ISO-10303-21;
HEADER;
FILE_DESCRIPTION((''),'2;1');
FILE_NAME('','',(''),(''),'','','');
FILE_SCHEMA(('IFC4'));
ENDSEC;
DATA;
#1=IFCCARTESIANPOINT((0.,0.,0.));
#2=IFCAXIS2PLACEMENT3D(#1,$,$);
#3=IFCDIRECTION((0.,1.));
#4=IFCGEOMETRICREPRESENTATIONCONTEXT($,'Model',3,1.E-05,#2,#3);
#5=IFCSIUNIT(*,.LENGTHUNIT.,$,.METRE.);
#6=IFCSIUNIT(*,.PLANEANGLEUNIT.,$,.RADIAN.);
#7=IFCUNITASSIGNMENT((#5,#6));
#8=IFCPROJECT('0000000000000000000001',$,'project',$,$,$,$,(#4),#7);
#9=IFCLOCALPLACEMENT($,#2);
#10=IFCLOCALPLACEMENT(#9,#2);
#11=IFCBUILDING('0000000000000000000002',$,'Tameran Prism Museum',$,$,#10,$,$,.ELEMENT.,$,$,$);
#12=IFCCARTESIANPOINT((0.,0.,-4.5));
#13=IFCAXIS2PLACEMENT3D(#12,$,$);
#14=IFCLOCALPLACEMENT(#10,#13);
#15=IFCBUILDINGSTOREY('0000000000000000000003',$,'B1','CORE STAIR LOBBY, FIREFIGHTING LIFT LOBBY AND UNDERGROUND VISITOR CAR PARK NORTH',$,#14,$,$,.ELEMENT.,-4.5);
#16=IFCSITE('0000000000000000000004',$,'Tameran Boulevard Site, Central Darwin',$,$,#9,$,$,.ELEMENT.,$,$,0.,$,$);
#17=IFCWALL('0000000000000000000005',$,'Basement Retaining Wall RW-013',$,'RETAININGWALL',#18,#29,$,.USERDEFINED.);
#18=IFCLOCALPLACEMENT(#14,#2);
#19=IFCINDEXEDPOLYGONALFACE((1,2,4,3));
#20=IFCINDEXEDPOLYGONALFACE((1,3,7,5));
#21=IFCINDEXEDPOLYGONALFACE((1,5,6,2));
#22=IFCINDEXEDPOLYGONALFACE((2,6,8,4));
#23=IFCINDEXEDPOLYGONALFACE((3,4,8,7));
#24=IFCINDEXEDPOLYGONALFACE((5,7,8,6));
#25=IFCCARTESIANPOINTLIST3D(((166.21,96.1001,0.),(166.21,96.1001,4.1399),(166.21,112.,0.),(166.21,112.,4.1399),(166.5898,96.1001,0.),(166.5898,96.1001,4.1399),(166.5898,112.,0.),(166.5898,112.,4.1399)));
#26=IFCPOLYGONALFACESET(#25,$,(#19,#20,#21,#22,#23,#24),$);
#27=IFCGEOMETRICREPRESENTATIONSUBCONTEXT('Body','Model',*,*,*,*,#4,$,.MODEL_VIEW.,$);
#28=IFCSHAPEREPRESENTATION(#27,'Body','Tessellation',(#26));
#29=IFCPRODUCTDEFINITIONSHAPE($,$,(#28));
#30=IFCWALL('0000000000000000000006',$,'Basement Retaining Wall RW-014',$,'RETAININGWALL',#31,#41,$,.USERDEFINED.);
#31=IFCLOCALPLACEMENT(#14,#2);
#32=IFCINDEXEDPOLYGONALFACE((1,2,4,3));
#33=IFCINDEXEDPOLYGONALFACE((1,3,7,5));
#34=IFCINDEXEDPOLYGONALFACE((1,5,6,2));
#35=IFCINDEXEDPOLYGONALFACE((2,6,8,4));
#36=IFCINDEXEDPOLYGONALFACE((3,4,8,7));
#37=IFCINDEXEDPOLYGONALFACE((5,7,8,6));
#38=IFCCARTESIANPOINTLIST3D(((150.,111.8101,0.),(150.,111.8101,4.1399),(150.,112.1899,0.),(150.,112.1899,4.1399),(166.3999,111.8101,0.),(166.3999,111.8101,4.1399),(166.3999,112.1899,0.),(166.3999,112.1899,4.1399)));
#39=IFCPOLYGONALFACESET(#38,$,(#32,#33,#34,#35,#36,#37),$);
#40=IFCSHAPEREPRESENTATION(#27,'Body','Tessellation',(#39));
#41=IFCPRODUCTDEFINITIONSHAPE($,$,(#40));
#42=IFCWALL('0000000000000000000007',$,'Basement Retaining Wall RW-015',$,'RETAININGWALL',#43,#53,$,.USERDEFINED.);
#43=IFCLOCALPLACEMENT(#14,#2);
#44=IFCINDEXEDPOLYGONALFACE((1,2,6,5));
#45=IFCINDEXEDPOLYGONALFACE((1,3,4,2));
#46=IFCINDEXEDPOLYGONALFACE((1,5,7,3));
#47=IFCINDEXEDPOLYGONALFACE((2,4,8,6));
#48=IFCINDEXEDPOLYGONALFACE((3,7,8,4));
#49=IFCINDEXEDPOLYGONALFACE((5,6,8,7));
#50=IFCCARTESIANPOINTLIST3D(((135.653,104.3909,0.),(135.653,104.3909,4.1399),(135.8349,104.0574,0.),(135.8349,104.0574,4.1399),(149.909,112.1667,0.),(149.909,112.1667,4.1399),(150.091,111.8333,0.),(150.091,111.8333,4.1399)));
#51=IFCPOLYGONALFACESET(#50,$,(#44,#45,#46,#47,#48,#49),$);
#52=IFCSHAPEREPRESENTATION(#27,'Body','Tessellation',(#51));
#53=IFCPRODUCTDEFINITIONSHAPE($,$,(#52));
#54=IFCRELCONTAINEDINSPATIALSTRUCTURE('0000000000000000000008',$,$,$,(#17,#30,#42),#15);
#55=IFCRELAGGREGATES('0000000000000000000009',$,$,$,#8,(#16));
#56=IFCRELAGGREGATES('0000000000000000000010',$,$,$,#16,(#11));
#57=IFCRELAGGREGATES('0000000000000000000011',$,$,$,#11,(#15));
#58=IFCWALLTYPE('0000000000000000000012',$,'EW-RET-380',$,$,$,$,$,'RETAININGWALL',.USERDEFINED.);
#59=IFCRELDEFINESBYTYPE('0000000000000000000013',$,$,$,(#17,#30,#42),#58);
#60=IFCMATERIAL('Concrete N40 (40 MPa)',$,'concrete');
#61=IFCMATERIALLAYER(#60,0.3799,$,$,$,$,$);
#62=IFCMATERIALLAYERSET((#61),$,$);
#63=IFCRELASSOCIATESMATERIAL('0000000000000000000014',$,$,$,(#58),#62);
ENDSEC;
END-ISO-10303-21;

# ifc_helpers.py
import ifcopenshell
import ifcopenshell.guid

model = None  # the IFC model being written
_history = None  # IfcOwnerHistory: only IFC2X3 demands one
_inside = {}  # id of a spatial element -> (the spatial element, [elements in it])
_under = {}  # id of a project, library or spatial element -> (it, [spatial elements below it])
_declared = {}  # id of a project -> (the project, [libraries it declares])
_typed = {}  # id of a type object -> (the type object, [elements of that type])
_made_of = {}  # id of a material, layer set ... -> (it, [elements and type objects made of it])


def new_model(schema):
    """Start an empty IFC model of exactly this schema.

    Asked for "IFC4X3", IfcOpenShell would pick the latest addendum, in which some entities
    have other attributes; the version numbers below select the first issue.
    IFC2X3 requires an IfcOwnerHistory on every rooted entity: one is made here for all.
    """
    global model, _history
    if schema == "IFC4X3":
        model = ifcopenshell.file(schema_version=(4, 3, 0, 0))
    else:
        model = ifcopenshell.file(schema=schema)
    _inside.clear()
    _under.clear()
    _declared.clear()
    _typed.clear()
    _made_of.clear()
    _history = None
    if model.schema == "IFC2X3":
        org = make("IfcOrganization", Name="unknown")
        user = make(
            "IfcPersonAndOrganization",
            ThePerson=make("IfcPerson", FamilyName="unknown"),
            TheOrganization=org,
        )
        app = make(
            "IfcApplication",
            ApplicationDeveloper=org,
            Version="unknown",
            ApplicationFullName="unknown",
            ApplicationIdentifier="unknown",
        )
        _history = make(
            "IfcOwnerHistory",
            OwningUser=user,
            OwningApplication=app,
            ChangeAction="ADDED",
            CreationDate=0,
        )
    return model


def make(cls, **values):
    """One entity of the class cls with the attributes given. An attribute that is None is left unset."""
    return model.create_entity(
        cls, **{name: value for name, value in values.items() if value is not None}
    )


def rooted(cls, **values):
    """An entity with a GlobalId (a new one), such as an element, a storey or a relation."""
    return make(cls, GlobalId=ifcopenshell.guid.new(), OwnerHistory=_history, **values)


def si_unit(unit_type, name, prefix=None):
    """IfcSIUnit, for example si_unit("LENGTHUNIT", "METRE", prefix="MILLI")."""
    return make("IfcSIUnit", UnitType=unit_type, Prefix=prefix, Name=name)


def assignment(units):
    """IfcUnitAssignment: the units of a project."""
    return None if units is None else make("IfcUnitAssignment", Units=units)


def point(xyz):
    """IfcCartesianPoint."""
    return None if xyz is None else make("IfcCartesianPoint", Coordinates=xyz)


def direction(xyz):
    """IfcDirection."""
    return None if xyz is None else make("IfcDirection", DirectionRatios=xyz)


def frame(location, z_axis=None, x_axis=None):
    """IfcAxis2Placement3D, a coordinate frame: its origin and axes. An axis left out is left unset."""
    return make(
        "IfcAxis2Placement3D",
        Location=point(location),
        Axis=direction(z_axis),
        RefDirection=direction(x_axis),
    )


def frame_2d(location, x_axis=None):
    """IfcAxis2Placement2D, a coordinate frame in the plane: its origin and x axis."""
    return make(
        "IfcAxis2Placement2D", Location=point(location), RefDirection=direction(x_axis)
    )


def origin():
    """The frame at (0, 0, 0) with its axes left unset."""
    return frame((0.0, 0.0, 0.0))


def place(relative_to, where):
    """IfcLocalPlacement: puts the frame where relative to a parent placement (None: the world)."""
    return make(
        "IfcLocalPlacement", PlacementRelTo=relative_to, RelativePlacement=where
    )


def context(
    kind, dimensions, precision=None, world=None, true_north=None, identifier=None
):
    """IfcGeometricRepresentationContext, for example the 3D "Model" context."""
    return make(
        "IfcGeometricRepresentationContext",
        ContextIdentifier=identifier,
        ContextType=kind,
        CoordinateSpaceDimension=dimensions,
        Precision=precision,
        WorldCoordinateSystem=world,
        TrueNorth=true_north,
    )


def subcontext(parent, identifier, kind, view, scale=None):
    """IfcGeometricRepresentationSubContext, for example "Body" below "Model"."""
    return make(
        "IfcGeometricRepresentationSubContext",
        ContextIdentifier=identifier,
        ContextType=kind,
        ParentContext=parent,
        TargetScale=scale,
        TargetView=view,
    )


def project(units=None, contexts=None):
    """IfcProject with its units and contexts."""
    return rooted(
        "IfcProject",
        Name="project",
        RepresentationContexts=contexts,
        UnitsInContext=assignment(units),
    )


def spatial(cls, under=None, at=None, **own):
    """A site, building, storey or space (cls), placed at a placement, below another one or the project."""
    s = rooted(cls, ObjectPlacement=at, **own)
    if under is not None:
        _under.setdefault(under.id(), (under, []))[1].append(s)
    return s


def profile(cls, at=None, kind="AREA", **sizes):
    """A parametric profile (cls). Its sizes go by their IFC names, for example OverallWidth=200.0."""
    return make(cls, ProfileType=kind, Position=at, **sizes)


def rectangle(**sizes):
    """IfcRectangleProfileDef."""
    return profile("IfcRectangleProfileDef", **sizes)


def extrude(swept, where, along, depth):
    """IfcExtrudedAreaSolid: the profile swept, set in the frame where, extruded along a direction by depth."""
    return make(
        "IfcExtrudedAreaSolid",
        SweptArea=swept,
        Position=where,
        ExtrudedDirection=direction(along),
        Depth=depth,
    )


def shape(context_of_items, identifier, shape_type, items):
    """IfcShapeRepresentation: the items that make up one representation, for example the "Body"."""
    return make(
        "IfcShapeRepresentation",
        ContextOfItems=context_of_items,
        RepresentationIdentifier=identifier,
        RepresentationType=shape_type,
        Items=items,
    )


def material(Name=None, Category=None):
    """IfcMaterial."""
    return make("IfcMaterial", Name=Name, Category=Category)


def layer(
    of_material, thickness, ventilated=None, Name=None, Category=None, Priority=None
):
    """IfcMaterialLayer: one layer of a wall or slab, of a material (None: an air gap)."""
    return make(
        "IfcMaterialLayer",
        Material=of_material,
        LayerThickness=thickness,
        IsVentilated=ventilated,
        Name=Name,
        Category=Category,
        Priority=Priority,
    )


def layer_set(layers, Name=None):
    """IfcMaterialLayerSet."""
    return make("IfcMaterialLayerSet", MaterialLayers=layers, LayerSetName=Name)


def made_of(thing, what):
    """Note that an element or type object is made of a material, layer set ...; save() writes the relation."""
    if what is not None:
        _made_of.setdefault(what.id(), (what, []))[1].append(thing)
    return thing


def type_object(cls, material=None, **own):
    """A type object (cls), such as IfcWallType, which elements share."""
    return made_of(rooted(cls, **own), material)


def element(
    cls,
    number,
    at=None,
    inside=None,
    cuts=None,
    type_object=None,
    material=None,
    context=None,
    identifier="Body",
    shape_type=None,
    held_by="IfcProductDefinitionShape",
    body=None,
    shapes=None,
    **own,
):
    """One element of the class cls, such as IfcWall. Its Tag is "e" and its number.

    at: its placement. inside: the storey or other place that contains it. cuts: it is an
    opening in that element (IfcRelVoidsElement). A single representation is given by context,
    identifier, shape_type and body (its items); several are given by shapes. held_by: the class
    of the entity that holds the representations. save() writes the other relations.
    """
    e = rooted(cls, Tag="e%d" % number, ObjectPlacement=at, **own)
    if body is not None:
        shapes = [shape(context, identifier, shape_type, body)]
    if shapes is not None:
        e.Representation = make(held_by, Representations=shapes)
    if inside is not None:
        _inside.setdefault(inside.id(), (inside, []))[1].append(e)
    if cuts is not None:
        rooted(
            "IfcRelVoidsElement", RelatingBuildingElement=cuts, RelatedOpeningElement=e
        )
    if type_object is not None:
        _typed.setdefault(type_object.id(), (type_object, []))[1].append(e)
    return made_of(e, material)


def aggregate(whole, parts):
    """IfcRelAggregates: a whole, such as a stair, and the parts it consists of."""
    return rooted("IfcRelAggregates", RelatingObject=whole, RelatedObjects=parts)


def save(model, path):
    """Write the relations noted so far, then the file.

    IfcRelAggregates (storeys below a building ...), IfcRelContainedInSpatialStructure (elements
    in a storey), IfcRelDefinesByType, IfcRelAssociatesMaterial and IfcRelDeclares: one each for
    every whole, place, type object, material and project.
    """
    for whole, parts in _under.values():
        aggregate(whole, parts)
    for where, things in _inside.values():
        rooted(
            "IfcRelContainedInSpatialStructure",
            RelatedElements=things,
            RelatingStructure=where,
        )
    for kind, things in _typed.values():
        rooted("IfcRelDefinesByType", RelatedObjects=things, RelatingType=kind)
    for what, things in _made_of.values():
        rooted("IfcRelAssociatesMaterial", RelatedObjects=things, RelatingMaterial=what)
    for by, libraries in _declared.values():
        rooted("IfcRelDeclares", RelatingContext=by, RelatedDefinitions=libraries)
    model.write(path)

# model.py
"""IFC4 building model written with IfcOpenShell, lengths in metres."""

from ifc_helpers import new_model, si_unit, direction, frame, frame_2d, origin, place, context, subcontext, project, spatial, rectangle, extrude, material, layer, layer_set, type_object, element, save


model = new_model("IFC4")

# Units and contexts
model_context = context("Model", 3, precision=1e-05, world=origin(), true_north=direction((0.0, 1.0)))
body_context = subcontext(model_context, "Body", "Model", "MODEL_VIEW")
ifc_project = project(units=[si_unit("LENGTHUNIT", "METRE"), si_unit("PLANEANGLEUNIT", "RADIAN")], contexts=[model_context])

# Site, building, storey
site_placement = place(None, origin())
site = spatial("IfcSite", under=ifc_project, at=site_placement, Name="Tameran Boulevard Site, Central Darwin", CompositionType="ELEMENT", RefElevation=0.0)
building_placement = place(site_placement, origin())
building = spatial("IfcBuilding", under=site, at=building_placement, Name="Tameran Prism Museum", CompositionType="ELEMENT")
storey_placement = place(building_placement, frame((0.0, 0.0, -4.5)))
storey = spatial("IfcBuildingStorey", under=building, at=storey_placement, Name="B1", Description="CORE STAIR LOBBY, FIREFIGHTING LIFT LOBBY AND UNDERGROUND VISITOR CAR PARK NORTH", CompositionType="ELEMENT", Elevation=-4.5)

# Walls
ifc_material_1 = material(Name="Concrete N40 (40 MPa)", Category="concrete")
ifc_layer = layer(ifc_material_1, 0.3799)
ifc_layer_set = layer_set([ifc_layer])
wall_type = type_object("IfcWallType", Name="EW-RET-380", ElementType="RETAININGWALL", PredefinedType="USERDEFINED", material=ifc_layer_set)
wall_1_placement = place(storey_placement, frame((166.3999, 96.1001, 0.0), z_axis=(0.0, 0.0, 1.0), x_axis=(0.0, 1.0, 0.0)))
element("IfcWall", 1, at=wall_1_placement, inside=storey, type_object=wall_type, Name="Basement Retaining Wall RW-013", ObjectType="RETAININGWALL", PredefinedType="USERDEFINED", context=body_context, shape_type="SweptSolid", body=[
    extrude(rectangle(XDim=15.8999, YDim=0.3799, at=frame_2d((7.95, 0.0))), origin(), (0.0, 0.0, 1.0), 4.1399),
])
wall_2_placement = place(storey_placement, frame((166.3999, 112.0, 0.0), z_axis=(0.0, 0.0, 1.0), x_axis=(-1.0, 0.0, 0.0)))
element("IfcWall", 2, at=wall_2_placement, inside=storey, type_object=wall_type, Name="Basement Retaining Wall RW-014", ObjectType="RETAININGWALL", PredefinedType="USERDEFINED", context=body_context, shape_type="SweptSolid", body=[
    extrude(rectangle(XDim=16.3999, YDim=0.3799, at=frame_2d((8.2, 0.0))), origin(), (0.0, 0.0, 1.0), 4.1399),
])
wall_3_placement = place(storey_placement, frame((150.0, 112.0, 0.0), z_axis=(0.0, 0.0, 1.0), x_axis=(-0.8779, -0.478844, 0.0)))
element("IfcWall", 3, at=wall_3_placement, inside=storey, type_object=wall_type, Name="Basement Retaining Wall RW-015", ObjectType="RETAININGWALL", PredefinedType="USERDEFINED", context=body_context, shape_type="SweptSolid", body=[
    extrude(rectangle(XDim=16.2388, YDim=0.3799, at=frame_2d((8.1194, 0.0))), origin(), (0.0, 0.0, 1.0), 4.1399),
])

save(model, "model.ifc")
